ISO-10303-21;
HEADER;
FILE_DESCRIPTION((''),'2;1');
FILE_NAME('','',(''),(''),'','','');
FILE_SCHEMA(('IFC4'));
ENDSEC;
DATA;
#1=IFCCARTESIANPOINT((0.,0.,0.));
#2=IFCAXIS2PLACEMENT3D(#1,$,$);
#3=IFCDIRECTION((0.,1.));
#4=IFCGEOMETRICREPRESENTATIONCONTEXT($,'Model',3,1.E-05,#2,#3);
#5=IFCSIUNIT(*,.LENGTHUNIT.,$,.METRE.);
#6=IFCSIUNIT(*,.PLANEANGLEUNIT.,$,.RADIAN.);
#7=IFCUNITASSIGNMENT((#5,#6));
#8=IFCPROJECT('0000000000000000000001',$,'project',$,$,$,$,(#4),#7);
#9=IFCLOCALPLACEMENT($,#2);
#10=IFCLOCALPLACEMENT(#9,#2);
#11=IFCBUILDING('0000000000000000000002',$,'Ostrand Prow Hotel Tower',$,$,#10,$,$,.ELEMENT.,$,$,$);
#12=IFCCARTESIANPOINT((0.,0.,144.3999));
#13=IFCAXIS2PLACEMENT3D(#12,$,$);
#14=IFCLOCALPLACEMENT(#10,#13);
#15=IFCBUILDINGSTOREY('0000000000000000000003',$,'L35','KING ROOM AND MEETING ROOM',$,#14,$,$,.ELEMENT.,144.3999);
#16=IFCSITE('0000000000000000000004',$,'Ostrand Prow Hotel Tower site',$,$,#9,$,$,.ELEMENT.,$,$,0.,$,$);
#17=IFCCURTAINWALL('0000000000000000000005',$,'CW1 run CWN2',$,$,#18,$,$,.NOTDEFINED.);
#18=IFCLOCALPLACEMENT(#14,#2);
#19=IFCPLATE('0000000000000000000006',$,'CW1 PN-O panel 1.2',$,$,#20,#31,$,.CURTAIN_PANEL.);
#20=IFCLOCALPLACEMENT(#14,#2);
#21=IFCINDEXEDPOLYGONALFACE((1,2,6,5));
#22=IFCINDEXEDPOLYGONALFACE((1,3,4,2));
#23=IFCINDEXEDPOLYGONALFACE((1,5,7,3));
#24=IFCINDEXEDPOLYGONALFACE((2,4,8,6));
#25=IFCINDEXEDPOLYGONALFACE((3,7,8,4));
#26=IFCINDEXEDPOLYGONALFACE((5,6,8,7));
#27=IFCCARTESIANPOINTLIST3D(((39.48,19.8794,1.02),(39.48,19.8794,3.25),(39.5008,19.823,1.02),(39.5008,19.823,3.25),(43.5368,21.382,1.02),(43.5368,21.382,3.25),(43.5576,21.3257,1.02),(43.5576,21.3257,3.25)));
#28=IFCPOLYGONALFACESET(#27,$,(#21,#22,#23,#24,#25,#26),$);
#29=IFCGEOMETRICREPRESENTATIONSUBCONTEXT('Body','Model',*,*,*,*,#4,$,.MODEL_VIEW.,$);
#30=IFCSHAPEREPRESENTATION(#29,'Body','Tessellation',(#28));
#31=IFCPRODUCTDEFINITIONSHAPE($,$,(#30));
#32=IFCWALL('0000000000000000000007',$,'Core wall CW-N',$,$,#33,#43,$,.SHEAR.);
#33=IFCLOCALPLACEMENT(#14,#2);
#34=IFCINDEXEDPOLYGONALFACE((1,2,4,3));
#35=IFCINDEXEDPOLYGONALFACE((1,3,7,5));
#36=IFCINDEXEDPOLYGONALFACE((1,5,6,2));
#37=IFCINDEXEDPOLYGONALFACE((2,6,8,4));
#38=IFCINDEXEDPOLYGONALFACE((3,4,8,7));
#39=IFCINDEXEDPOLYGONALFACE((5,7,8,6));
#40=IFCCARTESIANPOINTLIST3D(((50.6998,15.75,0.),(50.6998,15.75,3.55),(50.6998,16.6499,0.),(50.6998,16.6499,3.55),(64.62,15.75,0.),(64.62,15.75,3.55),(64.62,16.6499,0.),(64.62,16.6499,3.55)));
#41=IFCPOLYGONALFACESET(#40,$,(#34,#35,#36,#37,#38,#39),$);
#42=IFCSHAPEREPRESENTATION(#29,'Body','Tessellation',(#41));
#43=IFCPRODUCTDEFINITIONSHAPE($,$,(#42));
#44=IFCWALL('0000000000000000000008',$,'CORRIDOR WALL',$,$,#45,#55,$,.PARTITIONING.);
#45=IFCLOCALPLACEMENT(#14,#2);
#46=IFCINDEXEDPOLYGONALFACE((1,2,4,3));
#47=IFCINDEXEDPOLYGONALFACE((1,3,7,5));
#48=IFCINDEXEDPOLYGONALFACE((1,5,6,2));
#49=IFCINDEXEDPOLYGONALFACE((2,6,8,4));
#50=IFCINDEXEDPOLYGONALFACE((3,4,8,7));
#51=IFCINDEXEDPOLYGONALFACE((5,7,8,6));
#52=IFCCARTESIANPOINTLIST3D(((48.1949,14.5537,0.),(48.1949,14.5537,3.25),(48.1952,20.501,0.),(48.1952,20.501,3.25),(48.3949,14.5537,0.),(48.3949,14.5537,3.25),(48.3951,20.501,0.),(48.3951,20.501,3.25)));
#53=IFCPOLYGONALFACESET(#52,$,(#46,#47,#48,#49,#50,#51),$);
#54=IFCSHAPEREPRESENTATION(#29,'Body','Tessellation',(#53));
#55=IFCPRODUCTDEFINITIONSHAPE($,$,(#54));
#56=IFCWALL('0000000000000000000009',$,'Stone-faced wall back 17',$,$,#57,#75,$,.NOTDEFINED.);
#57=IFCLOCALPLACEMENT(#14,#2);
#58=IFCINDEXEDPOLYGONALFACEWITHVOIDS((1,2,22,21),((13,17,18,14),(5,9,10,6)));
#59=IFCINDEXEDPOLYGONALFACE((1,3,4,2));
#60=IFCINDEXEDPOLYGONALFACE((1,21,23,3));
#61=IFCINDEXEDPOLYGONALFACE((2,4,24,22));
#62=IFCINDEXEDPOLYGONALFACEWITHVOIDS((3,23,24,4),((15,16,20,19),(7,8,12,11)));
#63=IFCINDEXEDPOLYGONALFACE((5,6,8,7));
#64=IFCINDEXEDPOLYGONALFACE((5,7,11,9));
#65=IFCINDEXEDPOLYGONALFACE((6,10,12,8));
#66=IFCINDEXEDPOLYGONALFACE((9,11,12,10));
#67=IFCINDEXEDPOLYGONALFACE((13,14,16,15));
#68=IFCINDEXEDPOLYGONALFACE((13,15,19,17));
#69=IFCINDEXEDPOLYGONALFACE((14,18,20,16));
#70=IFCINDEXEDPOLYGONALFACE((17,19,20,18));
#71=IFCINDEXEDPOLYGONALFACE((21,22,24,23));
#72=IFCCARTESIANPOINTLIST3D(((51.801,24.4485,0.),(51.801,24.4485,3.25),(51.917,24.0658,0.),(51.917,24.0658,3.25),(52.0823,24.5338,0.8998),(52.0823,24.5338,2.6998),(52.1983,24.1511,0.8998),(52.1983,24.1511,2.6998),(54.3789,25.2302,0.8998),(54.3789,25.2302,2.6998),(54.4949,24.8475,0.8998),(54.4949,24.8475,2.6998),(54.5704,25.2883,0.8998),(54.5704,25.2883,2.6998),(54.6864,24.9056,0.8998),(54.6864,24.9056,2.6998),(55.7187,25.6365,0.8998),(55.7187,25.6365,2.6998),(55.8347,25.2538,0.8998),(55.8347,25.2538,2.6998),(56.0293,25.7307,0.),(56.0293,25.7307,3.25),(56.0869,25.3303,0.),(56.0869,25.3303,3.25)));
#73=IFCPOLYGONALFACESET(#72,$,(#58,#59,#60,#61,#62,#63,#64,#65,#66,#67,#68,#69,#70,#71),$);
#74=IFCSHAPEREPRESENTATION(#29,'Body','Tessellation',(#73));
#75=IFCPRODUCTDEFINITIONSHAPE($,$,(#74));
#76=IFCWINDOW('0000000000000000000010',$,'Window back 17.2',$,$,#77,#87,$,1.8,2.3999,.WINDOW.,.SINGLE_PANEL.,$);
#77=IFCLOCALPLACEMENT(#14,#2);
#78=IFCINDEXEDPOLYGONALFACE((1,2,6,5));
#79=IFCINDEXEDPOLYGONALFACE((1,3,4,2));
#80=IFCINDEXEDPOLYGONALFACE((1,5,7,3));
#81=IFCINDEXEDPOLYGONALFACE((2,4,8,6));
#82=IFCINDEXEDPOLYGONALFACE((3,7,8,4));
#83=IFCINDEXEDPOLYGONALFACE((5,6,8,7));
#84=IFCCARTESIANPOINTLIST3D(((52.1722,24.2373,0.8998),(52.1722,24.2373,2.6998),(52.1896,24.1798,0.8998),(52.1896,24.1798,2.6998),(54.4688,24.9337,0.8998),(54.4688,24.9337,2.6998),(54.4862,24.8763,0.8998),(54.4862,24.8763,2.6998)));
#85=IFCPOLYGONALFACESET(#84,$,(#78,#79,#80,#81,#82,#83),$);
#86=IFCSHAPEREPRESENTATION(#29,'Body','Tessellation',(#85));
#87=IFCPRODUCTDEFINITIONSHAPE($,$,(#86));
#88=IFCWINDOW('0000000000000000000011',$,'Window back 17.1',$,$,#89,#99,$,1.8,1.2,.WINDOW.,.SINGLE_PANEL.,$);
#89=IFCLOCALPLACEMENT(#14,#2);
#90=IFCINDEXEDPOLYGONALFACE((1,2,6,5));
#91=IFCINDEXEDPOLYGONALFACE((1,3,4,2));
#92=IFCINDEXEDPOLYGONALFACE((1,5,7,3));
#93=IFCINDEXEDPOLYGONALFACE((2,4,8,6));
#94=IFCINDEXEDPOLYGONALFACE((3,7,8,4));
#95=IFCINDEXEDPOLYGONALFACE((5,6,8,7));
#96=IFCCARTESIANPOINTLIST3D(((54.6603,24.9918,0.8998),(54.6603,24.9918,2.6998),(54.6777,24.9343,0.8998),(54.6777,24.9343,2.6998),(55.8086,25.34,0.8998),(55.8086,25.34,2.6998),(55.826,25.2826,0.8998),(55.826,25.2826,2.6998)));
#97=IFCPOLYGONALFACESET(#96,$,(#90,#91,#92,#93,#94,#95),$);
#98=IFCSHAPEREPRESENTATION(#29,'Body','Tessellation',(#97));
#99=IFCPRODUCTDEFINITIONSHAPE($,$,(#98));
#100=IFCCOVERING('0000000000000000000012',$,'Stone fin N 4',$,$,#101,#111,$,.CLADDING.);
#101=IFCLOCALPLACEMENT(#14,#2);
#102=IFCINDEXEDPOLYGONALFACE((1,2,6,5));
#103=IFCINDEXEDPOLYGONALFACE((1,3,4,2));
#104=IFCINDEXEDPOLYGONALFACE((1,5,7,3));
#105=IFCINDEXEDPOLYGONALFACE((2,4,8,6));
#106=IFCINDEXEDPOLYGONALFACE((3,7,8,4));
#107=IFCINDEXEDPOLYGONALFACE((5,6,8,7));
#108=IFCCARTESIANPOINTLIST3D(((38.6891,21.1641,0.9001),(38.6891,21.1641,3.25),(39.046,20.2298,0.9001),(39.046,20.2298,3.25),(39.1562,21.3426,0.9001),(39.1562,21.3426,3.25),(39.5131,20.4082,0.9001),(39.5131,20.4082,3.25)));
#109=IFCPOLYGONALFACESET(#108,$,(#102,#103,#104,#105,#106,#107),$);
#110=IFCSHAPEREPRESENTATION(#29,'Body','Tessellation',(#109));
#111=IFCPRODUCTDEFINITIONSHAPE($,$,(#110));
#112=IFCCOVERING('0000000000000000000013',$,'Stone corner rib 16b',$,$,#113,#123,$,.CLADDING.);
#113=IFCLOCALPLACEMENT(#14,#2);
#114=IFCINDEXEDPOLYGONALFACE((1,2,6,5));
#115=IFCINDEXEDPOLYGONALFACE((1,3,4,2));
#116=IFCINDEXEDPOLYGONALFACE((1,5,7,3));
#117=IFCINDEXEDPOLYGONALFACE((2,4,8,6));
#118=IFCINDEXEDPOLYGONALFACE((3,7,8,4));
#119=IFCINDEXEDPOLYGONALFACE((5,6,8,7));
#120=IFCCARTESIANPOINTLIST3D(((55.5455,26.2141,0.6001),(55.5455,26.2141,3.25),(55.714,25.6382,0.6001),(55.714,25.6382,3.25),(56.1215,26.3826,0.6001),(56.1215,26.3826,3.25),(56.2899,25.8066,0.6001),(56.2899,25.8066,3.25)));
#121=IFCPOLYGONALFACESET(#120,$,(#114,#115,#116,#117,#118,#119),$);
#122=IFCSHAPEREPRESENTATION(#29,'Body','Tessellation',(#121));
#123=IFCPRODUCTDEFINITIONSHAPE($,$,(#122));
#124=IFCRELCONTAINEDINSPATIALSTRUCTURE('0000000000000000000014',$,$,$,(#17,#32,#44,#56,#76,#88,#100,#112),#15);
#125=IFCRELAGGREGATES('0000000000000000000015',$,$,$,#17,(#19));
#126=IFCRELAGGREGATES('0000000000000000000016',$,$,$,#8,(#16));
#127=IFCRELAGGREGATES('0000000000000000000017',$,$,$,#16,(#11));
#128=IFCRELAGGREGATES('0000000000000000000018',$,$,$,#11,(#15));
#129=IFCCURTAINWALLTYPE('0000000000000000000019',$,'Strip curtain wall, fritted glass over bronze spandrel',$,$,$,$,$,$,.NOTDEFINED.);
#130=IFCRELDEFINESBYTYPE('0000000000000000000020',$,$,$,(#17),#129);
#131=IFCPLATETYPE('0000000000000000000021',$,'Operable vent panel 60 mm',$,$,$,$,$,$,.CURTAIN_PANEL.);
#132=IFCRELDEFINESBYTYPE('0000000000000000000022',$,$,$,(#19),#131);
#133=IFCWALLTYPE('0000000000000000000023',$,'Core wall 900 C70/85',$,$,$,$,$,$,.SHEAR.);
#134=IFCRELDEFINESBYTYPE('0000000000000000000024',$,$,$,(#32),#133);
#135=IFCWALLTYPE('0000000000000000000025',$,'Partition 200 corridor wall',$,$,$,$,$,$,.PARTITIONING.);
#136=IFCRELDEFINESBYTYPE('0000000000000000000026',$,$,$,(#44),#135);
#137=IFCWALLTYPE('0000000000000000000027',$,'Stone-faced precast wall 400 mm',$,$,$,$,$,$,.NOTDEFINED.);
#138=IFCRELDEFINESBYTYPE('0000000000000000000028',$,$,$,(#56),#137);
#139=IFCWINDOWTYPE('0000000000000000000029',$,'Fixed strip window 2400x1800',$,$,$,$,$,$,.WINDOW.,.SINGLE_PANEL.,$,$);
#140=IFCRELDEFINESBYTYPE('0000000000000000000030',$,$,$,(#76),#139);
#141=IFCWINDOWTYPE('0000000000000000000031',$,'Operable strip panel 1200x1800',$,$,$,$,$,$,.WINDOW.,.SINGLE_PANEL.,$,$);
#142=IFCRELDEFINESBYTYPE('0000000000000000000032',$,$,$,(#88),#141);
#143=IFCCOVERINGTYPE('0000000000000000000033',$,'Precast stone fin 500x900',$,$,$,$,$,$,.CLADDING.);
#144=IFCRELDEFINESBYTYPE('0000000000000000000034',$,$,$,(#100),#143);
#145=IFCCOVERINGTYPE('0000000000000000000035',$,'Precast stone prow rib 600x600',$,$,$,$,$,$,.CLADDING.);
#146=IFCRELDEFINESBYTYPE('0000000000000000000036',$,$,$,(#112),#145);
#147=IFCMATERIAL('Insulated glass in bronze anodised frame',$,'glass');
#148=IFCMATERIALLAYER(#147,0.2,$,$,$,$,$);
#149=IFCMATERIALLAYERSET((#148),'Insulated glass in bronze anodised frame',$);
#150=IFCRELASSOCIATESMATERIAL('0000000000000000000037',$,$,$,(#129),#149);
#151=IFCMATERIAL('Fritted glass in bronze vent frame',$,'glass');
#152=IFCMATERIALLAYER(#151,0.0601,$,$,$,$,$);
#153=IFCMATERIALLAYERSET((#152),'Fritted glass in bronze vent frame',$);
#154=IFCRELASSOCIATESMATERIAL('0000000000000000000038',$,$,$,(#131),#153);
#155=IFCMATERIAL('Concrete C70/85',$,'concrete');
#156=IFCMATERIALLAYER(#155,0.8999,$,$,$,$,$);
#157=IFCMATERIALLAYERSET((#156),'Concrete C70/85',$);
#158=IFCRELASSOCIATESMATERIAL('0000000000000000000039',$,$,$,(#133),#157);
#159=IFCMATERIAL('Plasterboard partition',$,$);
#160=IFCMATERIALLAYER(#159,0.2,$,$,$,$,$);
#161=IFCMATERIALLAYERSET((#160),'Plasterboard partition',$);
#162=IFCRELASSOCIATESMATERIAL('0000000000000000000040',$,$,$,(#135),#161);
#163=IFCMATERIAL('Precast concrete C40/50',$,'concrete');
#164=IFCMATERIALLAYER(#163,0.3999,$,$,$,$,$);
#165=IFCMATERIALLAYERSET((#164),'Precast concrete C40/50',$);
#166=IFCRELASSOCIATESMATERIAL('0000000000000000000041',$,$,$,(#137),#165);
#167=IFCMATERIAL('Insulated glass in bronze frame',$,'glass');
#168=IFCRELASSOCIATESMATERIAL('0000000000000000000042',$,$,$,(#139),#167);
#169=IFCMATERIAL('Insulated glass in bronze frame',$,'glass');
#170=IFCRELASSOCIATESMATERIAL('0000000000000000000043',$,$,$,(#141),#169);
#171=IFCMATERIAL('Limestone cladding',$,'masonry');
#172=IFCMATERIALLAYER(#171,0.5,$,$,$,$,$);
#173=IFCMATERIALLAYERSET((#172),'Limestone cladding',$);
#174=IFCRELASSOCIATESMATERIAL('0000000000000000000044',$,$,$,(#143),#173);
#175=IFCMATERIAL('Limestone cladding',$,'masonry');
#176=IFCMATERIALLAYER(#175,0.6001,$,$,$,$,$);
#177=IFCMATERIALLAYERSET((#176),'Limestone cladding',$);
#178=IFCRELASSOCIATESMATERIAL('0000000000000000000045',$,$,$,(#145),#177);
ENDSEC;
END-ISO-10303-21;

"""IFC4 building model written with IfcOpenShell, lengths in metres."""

from ifc_helpers import new_model, si_unit, direction, frame, frame_2d, origin, origin_2d, place, context, subcontext, project, spatial, polyline, rectangle, outline, extrude, material, layer, layer_set, type_object, element, fill, aggregate, save


model = new_model("IFC4")

# Units and contexts
model_context = context("Model", 3, precision=1e-05, world=origin(), true_north=direction((0.0, 1.0)))
body_context = subcontext(model_context, "Body", "Model", "MODEL_VIEW")
ifc_project = project(units=[si_unit("LENGTHUNIT", "METRE"), si_unit("PLANEANGLEUNIT", "RADIAN")], contexts=[model_context])

# Site, building, storey
site_placement = place(None, origin())
site = spatial("IfcSite", under=ifc_project, at=site_placement, Name="Ostrand Prow Hotel Tower site", CompositionType="ELEMENT", RefElevation=0.0)
building_placement = place(site_placement, origin())
building = spatial("IfcBuilding", under=site, at=building_placement, Name="Ostrand Prow Hotel Tower", CompositionType="ELEMENT")
storey_placement = place(building_placement, frame((0.0, 0.0, 144.3999)))
storey = spatial("IfcBuildingStorey", under=building, at=storey_placement, Name="L35", Description="KING ROOM AND MEETING ROOM", CompositionType="ELEMENT", Elevation=144.3999)

# Shared definitions
ifc_material_1 = material(Name="Insulated glass in bronze anodised frame", Category="glass")
ifc_layer_1 = layer(ifc_material_1, 0.2)
ifc_layer_set_1 = layer_set([ifc_layer_1], Name="Insulated glass in bronze anodised frame")
curtain_wall_type = type_object("IfcCurtainWallType", Name="Strip curtain wall, fritted glass over bronze spandrel", PredefinedType="NOTDEFINED", material=ifc_layer_set_1)

# Curtain wall
curtain_wall_1_placement = place(storey_placement, origin())
curtain_wall_1 = element("IfcCurtainWall", 1, at=curtain_wall_1_placement, inside=storey, type_object=curtain_wall_type, Name="CW1 run CWN2", PredefinedType="NOTDEFINED")

# Plate
ifc_material_2 = material(Name="Fritted glass in bronze vent frame", Category="glass")
ifc_layer_2 = layer(ifc_material_2, 0.0601)
ifc_layer_set_2 = layer_set([ifc_layer_2], Name="Fritted glass in bronze vent frame")
plate_type_1 = type_object("IfcPlateType", Name="Operable vent panel 60 mm", PredefinedType="CURTAIN_PANEL", material=ifc_layer_set_2)
plate_1_placement = place(storey_placement, frame((41.5188, 20.6025, 1.02), z_axis=(0.0, 0.0, 1.0), x_axis=(-0.937739, -0.347342, 0.0)))
plate_1 = element("IfcPlate", 2, at=plate_1_placement, type_object=plate_type_1, Name="CW1 PN-O panel 1.2", PredefinedType="CURTAIN_PANEL", context=body_context, shape_type="SweptSolid", body=[
    extrude(rectangle(XDim=4.3262, YDim=0.0601, at=origin_2d()), origin(), (0.0, 0.0, 1.0), 2.23),
])
aggregate(curtain_wall_1, [plate_1])

# Walls
ifc_material_3 = material(Name="Concrete C70/85", Category="concrete")
ifc_layer_3 = layer(ifc_material_3, 0.8999)
ifc_layer_set_3 = layer_set([ifc_layer_3], Name="Concrete C70/85")
wall_type_1 = type_object("IfcWallType", Name="Core wall 900 C70/85", PredefinedType="SHEAR", material=ifc_layer_set_3)
wall_1_placement = place(storey_placement, frame((50.7, 16.2, 0.0), z_axis=(0.0, 0.0, 1.0), x_axis=(1.0, 0.0, 0.0)))
element("IfcWall", 3, at=wall_1_placement, inside=storey, type_object=wall_type_1, Name="Core wall CW-N", PredefinedType="SHEAR", context=body_context, shape_type="SweptSolid", body=[
    extrude(rectangle(XDim=13.9202, YDim=0.8999, at=frame_2d((6.96, 0.0))), origin(), (0.0, 0.0, 1.0), 3.55),
])
ifc_material_4 = material(Name="Plasterboard partition")
ifc_layer_4 = layer(ifc_material_4, 0.2)
ifc_layer_set_4 = layer_set([ifc_layer_4], Name="Plasterboard partition")
wall_type_2 = type_object("IfcWallType", Name="Partition 200 corridor wall", PredefinedType="PARTITIONING", material=ifc_layer_set_4)
wall_2_placement = place(storey_placement, frame((48.2952, 20.501, 0.0), z_axis=(0.0, 0.0, 1.0), x_axis=(-0.000041, -1.0, 0.0)))
element("IfcWall", 4, at=wall_2_placement, inside=storey, type_object=wall_type_2, Name="CORRIDOR WALL", PredefinedType="PARTITIONING", context=body_context, shape_type="SweptSolid", body=[
    extrude(rectangle(XDim=5.9473, YDim=0.2, at=frame_2d((2.9736, 0.0))), origin(), (0.0, 0.0, 1.0), 3.25),
])

# Wall, openings, windows
ifc_material_5 = material(Name="Precast concrete C40/50", Category="concrete")
ifc_layer_5 = layer(ifc_material_5, 0.3999)
ifc_layer_set_5 = layer_set([ifc_layer_5], Name="Precast concrete C40/50")
wall_type_3 = type_object("IfcWallType", Name="Stone-faced precast wall 400 mm", PredefinedType="NOTDEFINED", material=ifc_layer_set_5)
wall_3_placement = place(storey_placement, frame((56.0581, 25.5305, 0.0), z_axis=(0.0, 0.0, 1.0), x_axis=(-0.956964, -0.290205, 0.0)))
wall_3 = element("IfcWall", 5, at=wall_3_placement, inside=storey, type_object=wall_type_3, Name="Stone-faced wall back 17", PredefinedType="NOTDEFINED", context=body_context, shape_type="SweptSolid", body=[
    extrude(outline(polyline([(-0.0305, -0.2), (4.3879, -0.2), (4.3879, 0.2), (0.0305, 0.2), (-0.0305, -0.2)])), origin(), (0.0, 0.0, 1.0), 3.25),
])
opening_1_placement = place(wall_3_placement, frame((0.2939, 0.0, 0.8999)))
opening_1 = element("IfcOpeningElement", 6, at=opening_1_placement, cuts=wall_3, PredefinedType="OPENING", context=body_context, shape_type="SweptSolid", body=[
    extrude(rectangle(XDim=1.2, YDim=1.8, at=frame_2d((0.6001, 0.8999))), frame((0.0, 0.21, 0.0), z_axis=(0.0, -1.0, 0.0), x_axis=(1.0, 0.0, 0.0)), (0.0, 0.0, 1.0), 0.4199),
])
opening_2_placement = place(wall_3_placement, frame((1.6941, 0.0, 0.8999)))
opening_2 = element("IfcOpeningElement", 7, at=opening_2_placement, cuts=wall_3, PredefinedType="OPENING", context=body_context, shape_type="SweptSolid", body=[
    extrude(rectangle(XDim=2.3999, YDim=1.8, at=frame_2d((1.2, 0.8999))), frame((0.0, 0.21, 0.0), z_axis=(0.0, -1.0, 0.0), x_axis=(1.0, 0.0, 0.0)), (0.0, 0.0, 1.0), 0.4199),
])
ifc_material_6 = material(Name="Insulated glass in bronze frame", Category="glass")
window_type_1 = type_object("IfcWindowType", Name="Fixed strip window 2400x1800", PartitioningType="SINGLE_PANEL", PredefinedType="WINDOW", material=ifc_material_6)
window_1_placement = place(opening_2_placement, origin())
window_1 = element("IfcWindow", 8, at=window_1_placement, inside=storey, type_object=window_type_1, Name="Window back 17.2", OverallHeight=1.8, OverallWidth=2.3999, PartitioningType="SINGLE_PANEL", PredefinedType="WINDOW", context=body_context, shape_type="SweptSolid", body=[
    extrude(rectangle(XDim=2.3999, YDim=1.8, at=frame_2d((1.2, 0.8999))), frame((0.0, 0.1699, 0.0), z_axis=(0.0, -1.0, 0.0), x_axis=(1.0, 0.0, 0.0)), (0.0, 0.0, 1.0), 0.0601),
])
fill(opening_2, window_1)
ifc_material_7 = material(Name="Insulated glass in bronze frame", Category="glass")
window_type_2 = type_object("IfcWindowType", Name="Operable strip panel 1200x1800", PartitioningType="SINGLE_PANEL", PredefinedType="WINDOW", material=ifc_material_7)
window_2_placement = place(opening_1_placement, origin())
window_2 = element("IfcWindow", 9, at=window_2_placement, inside=storey, type_object=window_type_2, Name="Window back 17.1", OverallHeight=1.8, OverallWidth=1.2, PartitioningType="SINGLE_PANEL", PredefinedType="WINDOW", context=body_context, shape_type="SweptSolid", body=[
    extrude(rectangle(XDim=1.2, YDim=1.8, at=frame_2d((0.6001, 0.8999))), frame((0.0, 0.1699, 0.0), z_axis=(0.0, -1.0, 0.0), x_axis=(1.0, 0.0, 0.0)), (0.0, 0.0, 1.0), 0.0601),
])
fill(opening_1, window_2)

# Coverings
ifc_material_8 = material(Name="Limestone cladding", Category="masonry")
ifc_layer_6 = layer(ifc_material_8, 0.5)
ifc_layer_set_6 = layer_set([ifc_layer_6], Name="Limestone cladding")
covering_type_1 = type_object("IfcCoveringType", Name="Precast stone fin 500x900", PredefinedType="CLADDING", material=ifc_layer_set_6)
covering_1_placement = place(storey_placement, frame((39.2795, 20.3191, 0.9001), z_axis=(0.0, 0.0, 1.0), x_axis=(-0.356868, 0.934155, 0.0)))
element("IfcCovering", 10, at=covering_1_placement, inside=storey, type_object=covering_type_1, Name="Stone fin N 4", PredefinedType="CLADDING", context=body_context, shape_type="SweptSolid", body=[
    extrude(rectangle(XDim=1.0002, YDim=0.5, at=frame_2d((0.5, 0.0))), origin(), (0.0, 0.0, 1.0), 2.3499),
])
ifc_material_9 = material(Name="Limestone cladding", Category="masonry")
ifc_layer_7 = layer(ifc_material_9, 0.6001)
ifc_layer_set_7 = layer_set([ifc_layer_7], Name="Limestone cladding")
covering_type_2 = type_object("IfcCoveringType", Name="Precast stone prow rib 600x600", PredefinedType="CLADDING", material=ifc_layer_set_7)
covering_2_placement = place(storey_placement, frame((56.002, 25.7224, 0.6001), z_axis=(0.0, 0.0, 1.0), x_axis=(-0.280734, 0.959786, 0.0)))
element("IfcCovering", 11, at=covering_2_placement, inside=storey, type_object=covering_type_2, Name="Stone corner rib 16b", PredefinedType="CLADDING", context=body_context, shape_type="SweptSolid", body=[
    extrude(rectangle(XDim=0.6001, YDim=0.6001, at=frame_2d((0.3, 0.0))), origin(), (0.0, 0.0, 1.0), 2.6499),
])

save(model, "model.ifc")
